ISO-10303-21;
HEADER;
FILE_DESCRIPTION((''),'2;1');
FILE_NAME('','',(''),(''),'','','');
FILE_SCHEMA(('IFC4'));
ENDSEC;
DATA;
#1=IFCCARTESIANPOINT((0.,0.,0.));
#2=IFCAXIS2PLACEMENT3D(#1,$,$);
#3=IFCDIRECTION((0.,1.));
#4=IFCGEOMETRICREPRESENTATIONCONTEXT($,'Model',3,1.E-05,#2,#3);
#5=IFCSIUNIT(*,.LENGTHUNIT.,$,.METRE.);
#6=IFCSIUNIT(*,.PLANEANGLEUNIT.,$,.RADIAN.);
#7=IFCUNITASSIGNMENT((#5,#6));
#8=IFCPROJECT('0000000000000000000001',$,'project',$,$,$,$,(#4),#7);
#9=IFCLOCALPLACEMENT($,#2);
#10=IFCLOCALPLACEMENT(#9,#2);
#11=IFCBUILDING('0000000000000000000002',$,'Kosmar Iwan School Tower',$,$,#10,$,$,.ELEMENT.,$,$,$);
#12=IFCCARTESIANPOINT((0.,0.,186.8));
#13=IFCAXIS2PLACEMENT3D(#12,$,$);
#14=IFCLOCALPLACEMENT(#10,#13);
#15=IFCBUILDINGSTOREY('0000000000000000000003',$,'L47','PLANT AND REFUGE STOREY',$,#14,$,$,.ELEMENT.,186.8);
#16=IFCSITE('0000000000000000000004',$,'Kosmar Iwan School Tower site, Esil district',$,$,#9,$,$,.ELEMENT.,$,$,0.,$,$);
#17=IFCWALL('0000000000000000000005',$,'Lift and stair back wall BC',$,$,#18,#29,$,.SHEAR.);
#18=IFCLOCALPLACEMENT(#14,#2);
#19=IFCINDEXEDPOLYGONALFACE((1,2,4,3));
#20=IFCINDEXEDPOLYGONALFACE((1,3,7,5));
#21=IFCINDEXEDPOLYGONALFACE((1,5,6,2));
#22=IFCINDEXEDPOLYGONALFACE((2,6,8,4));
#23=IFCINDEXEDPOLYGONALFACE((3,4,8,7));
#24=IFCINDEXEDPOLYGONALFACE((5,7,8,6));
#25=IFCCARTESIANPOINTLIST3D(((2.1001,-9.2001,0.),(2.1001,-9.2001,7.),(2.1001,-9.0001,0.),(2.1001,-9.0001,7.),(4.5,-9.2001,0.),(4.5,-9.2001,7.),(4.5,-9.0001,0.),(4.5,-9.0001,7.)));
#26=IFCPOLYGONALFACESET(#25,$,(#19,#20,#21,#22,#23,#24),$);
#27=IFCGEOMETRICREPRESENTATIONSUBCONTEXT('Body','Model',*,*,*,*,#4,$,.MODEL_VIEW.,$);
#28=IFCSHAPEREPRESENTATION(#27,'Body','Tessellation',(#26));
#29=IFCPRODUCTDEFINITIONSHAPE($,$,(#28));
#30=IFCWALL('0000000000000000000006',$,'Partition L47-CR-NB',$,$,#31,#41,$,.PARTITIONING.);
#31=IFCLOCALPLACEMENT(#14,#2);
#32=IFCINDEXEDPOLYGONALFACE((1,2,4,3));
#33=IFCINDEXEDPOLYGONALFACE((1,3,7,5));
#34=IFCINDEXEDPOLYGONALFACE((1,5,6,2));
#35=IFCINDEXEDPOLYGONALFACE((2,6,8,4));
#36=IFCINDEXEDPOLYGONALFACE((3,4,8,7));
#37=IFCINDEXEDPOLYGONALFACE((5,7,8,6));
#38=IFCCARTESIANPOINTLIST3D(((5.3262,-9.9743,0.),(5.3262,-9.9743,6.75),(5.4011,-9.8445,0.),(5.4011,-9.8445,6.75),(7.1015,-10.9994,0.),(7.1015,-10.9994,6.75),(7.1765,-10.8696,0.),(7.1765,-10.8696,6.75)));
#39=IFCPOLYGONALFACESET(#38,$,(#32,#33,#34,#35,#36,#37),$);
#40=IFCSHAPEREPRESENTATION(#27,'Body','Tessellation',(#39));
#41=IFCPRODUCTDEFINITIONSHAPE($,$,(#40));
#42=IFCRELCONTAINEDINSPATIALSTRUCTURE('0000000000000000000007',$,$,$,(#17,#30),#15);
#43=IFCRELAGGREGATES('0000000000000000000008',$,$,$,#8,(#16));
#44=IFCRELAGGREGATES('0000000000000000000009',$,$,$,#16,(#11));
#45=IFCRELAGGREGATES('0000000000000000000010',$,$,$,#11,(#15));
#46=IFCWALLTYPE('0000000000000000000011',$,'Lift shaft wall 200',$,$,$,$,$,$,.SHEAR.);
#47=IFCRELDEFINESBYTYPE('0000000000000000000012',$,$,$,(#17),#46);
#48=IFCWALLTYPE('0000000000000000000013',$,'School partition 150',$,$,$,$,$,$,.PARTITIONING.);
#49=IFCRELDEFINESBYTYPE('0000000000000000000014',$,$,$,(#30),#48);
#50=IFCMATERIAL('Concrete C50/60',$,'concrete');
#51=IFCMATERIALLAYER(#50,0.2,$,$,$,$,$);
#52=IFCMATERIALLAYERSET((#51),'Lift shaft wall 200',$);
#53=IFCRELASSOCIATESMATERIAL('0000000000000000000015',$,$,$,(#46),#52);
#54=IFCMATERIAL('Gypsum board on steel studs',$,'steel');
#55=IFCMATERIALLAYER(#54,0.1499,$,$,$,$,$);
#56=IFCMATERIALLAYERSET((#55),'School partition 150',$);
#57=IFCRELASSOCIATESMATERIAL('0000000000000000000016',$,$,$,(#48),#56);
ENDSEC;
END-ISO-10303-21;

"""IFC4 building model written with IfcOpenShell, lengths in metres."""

from ifc_helpers import new_model, si_unit, direction, frame, frame_2d, origin, place, context, subcontext, project, spatial, rectangle, extrude, material, layer, layer_set, type_object, element, save


model = new_model("IFC4")

# Units and contexts
model_context = context("Model", 3, precision=1e-05, world=origin(), true_north=direction((0.0, 1.0)))
body_context = subcontext(model_context, "Body", "Model", "MODEL_VIEW")
ifc_project = project(units=[si_unit("LENGTHUNIT", "METRE"), si_unit("PLANEANGLEUNIT", "RADIAN")], contexts=[model_context])

# Site, building, storey
site_placement = place(None, origin())
site = spatial("IfcSite", under=ifc_project, at=site_placement, Name="Kosmar Iwan School Tower site, Esil district", CompositionType="ELEMENT", RefElevation=0.0)
building_placement = place(site_placement, origin())
building = spatial("IfcBuilding", under=site, at=building_placement, Name="Kosmar Iwan School Tower", CompositionType="ELEMENT")
storey_placement = place(building_placement, frame((0.0, 0.0, 186.8)))
storey = spatial("IfcBuildingStorey", under=building, at=storey_placement, Name="L47", Description="PLANT AND REFUGE STOREY", CompositionType="ELEMENT", Elevation=186.8)

# Walls
ifc_material_1 = material(Name="Concrete C50/60", Category="concrete")
ifc_layer_1 = layer(ifc_material_1, 0.2)
ifc_layer_set_1 = layer_set([ifc_layer_1], Name="Lift shaft wall 200")
wall_type_1 = type_object("IfcWallType", Name="Lift shaft wall 200", PredefinedType="SHEAR", material=ifc_layer_set_1)
wall_1_placement = place(storey_placement, frame((2.1001, -9.1001, 0.0), z_axis=(0.0, 0.0, 1.0), x_axis=(1.0, 0.0, 0.0)))
element("IfcWall", 1, at=wall_1_placement, inside=storey, type_object=wall_type_1, Name="Lift and stair back wall BC", PredefinedType="SHEAR", context=body_context, shape_type="SweptSolid", body=[
    extrude(rectangle(XDim=2.3999, YDim=0.2, at=frame_2d((1.2, 0.0))), origin(), (0.0, 0.0, 1.0), 7.0),
])
ifc_material_2 = material(Name="Gypsum board on steel studs", Category="steel")
ifc_layer_2 = layer(ifc_material_2, 0.1499)
ifc_layer_set_2 = layer_set([ifc_layer_2], Name="School partition 150")
wall_type_2 = type_object("IfcWallType", Name="School partition 150", PredefinedType="PARTITIONING", material=ifc_layer_set_2)
wall_2_placement = place(storey_placement, frame((5.3638, -9.9094, 0.0), z_axis=(0.0, 0.0, 1.0), x_axis=(0.865999, -0.500045, 0.0)))
element("IfcWall", 2, at=wall_2_placement, inside=storey, type_object=wall_type_2, Name="Partition L47-CR-NB", PredefinedType="PARTITIONING", context=body_context, shape_type="SweptSolid", body=[
    extrude(rectangle(XDim=2.05, YDim=0.1499, at=frame_2d((1.0249, 0.0))), origin(), (0.0, 0.0, 1.0), 6.75),
])

save(model, "model.ifc")
